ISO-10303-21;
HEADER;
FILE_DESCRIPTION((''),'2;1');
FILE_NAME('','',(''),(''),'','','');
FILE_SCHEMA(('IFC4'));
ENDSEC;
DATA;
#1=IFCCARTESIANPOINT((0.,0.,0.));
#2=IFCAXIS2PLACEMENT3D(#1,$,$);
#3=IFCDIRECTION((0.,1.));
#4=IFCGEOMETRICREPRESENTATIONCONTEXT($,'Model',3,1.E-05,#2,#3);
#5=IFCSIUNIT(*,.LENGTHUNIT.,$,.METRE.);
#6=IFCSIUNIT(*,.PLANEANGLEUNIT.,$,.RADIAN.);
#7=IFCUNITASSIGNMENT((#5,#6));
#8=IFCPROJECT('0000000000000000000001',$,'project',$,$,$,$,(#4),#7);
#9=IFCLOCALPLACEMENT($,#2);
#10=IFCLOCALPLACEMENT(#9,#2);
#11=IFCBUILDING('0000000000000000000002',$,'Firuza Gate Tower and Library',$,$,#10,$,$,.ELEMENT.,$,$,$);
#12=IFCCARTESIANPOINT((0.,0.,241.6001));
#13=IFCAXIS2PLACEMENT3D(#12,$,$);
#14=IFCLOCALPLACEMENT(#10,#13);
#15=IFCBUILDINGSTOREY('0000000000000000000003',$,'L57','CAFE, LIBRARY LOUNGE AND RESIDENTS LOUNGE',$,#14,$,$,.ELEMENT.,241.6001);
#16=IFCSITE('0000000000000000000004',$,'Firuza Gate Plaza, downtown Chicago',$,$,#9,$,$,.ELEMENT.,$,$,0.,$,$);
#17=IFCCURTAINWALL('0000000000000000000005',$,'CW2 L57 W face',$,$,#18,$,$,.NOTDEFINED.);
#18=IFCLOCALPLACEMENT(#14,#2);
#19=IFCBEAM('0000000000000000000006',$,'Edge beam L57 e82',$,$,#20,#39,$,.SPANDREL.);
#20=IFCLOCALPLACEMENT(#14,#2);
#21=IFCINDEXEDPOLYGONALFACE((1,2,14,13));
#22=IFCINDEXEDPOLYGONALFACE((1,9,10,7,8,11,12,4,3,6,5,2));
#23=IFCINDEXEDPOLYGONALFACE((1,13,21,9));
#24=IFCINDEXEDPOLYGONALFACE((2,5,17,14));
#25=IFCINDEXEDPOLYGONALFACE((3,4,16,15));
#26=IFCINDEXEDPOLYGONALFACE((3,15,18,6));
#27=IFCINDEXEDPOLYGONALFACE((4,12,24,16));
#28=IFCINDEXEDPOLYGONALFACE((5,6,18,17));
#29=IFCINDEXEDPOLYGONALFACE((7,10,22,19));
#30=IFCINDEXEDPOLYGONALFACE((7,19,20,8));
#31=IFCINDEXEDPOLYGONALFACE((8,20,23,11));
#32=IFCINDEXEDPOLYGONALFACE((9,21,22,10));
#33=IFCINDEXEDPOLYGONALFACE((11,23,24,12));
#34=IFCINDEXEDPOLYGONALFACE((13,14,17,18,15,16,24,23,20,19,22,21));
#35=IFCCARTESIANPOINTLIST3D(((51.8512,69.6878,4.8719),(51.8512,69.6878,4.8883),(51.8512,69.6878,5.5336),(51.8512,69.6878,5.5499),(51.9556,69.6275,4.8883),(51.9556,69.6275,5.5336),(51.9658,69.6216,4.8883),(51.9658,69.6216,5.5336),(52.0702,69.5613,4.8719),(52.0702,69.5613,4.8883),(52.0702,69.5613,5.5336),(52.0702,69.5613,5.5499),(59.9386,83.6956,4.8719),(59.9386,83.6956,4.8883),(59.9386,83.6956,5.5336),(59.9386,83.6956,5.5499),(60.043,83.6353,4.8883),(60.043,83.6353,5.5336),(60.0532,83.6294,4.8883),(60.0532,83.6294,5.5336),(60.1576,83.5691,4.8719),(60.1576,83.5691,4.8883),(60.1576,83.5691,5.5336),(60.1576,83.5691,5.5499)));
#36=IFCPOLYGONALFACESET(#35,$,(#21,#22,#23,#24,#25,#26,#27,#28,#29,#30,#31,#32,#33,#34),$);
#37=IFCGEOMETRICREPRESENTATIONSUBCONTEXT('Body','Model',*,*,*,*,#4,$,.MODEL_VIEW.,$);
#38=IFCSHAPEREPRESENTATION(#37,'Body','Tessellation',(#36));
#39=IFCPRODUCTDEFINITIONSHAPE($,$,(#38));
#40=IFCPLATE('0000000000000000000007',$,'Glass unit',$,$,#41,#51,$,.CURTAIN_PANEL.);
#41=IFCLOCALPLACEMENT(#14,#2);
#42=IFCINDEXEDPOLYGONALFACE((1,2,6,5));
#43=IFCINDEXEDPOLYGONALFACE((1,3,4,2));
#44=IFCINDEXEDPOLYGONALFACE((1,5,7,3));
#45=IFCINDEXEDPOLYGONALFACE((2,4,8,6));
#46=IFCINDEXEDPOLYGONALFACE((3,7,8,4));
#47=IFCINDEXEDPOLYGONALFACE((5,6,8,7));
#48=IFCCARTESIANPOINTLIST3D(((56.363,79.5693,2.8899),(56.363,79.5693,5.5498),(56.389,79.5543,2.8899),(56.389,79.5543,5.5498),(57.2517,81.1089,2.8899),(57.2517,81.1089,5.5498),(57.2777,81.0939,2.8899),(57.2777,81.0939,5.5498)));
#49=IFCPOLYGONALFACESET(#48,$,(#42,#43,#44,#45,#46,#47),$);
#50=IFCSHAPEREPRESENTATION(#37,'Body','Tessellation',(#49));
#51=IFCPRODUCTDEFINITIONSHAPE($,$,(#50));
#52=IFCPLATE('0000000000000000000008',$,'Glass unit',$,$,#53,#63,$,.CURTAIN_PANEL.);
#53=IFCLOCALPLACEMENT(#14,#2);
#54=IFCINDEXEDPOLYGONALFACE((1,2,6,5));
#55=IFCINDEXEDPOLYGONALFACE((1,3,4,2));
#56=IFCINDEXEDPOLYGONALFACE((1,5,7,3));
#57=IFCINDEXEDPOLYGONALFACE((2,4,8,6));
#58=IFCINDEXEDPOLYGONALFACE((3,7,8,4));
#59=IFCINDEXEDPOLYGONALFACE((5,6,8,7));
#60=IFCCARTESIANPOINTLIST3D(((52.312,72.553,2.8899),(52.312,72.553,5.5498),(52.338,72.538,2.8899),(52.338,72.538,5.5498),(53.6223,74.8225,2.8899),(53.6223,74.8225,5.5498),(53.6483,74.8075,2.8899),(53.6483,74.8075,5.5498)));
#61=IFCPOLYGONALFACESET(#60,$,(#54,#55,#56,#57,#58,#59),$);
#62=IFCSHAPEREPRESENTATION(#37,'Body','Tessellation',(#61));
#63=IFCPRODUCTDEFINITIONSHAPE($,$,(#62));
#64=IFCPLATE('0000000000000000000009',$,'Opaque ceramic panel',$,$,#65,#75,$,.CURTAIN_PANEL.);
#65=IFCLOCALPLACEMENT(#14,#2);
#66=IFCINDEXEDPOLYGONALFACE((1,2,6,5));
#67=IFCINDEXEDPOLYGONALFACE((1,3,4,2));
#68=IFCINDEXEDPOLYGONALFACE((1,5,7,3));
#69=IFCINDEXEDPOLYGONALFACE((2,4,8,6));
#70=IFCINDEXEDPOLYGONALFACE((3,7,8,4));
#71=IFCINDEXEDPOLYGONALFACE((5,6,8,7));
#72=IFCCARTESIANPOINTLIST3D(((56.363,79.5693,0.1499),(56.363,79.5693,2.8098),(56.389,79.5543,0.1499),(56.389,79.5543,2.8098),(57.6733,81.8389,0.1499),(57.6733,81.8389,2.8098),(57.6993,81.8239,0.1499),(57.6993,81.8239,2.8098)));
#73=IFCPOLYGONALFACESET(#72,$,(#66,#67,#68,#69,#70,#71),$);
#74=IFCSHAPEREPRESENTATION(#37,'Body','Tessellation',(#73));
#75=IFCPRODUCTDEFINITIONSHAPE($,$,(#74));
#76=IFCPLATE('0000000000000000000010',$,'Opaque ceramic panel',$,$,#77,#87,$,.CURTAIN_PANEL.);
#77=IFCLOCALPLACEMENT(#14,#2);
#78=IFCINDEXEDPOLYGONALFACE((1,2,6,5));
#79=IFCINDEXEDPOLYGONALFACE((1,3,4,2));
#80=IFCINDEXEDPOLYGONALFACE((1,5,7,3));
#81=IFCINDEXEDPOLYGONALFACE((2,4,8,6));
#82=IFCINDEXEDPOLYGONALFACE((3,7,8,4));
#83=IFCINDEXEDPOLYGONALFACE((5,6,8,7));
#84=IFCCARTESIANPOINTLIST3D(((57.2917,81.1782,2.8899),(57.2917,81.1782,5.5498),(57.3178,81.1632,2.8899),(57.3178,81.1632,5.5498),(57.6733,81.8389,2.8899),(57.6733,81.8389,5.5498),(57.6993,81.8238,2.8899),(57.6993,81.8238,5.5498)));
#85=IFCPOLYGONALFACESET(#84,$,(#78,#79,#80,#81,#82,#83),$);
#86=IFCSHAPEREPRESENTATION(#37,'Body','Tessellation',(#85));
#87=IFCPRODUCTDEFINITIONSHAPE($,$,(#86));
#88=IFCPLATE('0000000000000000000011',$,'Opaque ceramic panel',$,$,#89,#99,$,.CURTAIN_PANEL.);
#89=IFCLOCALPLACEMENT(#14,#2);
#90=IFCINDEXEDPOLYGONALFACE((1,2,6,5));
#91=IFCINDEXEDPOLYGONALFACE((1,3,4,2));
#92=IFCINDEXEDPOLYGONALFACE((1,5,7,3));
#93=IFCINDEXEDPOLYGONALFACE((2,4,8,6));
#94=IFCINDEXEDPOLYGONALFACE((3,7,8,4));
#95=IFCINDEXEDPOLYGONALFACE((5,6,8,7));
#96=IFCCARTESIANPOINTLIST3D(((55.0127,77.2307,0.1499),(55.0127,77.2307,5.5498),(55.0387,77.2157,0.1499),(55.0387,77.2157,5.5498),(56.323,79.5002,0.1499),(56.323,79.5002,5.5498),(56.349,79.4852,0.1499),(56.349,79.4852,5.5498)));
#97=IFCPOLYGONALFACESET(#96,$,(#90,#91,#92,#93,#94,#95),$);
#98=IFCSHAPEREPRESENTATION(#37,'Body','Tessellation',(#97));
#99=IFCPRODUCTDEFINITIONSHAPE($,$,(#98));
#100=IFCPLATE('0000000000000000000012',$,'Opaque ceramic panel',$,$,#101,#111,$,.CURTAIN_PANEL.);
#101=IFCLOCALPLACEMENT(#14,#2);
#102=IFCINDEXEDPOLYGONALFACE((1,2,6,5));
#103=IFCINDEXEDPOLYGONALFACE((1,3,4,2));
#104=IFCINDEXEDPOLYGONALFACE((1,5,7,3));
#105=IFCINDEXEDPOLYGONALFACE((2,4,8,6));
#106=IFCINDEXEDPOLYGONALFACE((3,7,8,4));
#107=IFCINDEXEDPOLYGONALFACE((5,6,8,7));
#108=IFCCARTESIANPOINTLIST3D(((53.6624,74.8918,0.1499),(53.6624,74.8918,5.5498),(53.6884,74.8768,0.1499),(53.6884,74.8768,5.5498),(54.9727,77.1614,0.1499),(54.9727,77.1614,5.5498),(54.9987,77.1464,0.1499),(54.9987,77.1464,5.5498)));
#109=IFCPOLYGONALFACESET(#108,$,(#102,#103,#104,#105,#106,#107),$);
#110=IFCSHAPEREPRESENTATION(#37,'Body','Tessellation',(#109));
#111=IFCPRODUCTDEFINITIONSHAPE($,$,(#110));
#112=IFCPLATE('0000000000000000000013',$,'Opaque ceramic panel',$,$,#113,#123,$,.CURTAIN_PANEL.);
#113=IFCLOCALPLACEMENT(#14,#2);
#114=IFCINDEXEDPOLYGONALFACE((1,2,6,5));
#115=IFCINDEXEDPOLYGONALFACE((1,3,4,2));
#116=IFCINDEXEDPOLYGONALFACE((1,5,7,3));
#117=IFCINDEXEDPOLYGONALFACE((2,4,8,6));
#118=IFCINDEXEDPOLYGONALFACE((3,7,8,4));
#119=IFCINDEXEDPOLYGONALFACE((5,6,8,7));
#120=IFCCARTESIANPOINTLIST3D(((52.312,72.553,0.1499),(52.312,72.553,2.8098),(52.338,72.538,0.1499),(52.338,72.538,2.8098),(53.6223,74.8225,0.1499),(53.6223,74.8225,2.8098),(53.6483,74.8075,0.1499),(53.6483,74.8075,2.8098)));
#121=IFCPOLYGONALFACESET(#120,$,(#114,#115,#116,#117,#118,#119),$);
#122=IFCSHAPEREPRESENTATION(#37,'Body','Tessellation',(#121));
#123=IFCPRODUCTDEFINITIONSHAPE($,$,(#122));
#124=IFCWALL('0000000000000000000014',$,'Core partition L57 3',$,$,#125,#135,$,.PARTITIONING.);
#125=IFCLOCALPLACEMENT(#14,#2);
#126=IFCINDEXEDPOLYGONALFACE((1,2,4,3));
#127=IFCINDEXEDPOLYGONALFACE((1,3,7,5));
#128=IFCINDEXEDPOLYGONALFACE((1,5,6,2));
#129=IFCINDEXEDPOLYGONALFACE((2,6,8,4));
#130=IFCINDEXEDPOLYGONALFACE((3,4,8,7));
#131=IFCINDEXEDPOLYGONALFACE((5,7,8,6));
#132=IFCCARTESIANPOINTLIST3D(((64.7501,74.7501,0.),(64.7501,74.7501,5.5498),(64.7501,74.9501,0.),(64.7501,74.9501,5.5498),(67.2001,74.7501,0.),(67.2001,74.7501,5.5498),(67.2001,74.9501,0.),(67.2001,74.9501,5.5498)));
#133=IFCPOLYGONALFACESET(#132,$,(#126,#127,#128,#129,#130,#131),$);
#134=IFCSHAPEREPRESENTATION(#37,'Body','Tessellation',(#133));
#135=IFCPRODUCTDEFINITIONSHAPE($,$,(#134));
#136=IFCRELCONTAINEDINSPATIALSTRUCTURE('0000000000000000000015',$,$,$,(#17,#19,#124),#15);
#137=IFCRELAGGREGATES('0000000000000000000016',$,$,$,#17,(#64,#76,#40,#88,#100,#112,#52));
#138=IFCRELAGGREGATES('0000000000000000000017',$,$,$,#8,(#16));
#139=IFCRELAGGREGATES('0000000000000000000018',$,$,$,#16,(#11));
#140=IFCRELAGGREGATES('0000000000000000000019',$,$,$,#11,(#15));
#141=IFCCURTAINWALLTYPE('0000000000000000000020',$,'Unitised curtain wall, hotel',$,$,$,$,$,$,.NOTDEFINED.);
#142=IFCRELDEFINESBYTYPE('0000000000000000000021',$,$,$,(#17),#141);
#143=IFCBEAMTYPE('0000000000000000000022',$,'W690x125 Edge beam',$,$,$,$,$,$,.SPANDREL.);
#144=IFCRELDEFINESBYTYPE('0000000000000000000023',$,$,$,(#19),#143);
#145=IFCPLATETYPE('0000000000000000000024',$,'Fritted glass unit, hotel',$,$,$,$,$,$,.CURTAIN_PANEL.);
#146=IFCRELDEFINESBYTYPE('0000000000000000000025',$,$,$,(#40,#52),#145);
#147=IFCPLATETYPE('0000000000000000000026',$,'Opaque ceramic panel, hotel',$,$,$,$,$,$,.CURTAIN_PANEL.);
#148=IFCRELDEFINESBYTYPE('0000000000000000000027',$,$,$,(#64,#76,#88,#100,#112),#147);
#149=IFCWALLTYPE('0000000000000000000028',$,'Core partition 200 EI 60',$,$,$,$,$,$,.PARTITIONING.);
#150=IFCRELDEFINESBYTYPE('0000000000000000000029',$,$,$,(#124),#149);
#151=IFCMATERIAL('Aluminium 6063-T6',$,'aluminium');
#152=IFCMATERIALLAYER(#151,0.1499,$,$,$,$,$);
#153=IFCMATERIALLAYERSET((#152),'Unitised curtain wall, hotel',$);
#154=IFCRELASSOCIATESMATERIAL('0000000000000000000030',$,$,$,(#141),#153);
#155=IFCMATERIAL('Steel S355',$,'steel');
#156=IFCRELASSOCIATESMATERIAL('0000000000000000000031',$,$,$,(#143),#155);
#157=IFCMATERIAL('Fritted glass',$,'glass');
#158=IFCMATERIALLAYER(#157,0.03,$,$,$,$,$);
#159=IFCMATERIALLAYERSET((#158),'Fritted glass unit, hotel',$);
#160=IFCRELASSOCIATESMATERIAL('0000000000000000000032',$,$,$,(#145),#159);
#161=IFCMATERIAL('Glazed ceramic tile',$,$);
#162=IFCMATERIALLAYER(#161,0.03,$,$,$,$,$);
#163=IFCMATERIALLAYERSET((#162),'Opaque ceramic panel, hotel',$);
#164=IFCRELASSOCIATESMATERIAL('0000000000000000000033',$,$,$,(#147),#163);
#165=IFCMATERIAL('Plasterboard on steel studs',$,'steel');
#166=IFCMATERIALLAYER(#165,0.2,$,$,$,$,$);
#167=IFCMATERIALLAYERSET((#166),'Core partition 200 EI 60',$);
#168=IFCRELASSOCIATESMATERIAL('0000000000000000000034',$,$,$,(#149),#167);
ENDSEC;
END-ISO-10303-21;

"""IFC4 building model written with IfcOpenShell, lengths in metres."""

from ifc_helpers import new_model, si_unit, direction, frame, frame_2d, origin, origin_2d, place, context, subcontext, project, spatial, polyline, rectangle, i_section, outline, extrude, material, layer, layer_set, material_profile, profile_set, type_object, element, aggregate, save


model = new_model("IFC4")

# Units and contexts
model_context = context("Model", 3, precision=1e-05, world=origin(), true_north=direction((0.0, 1.0)))
body_context = subcontext(model_context, "Body", "Model", "MODEL_VIEW")
ifc_project = project(units=[si_unit("LENGTHUNIT", "METRE"), si_unit("PLANEANGLEUNIT", "RADIAN")], contexts=[model_context])

# Site, building, storey
site_placement = place(None, origin())
site = spatial("IfcSite", under=ifc_project, at=site_placement, Name="Firuza Gate Plaza, downtown Chicago", CompositionType="ELEMENT", RefElevation=0.0)
building_placement = place(site_placement, origin())
building = spatial("IfcBuilding", under=site, at=building_placement, Name="Firuza Gate Tower and Library", CompositionType="ELEMENT")
storey_placement = place(building_placement, frame((0.0, 0.0, 241.6001)))
storey = spatial("IfcBuildingStorey", under=building, at=storey_placement, Name="L57", Description="CAFE, LIBRARY LOUNGE AND RESIDENTS LOUNGE", CompositionType="ELEMENT", Elevation=241.6001)

# Curtain wall
ifc_material_1 = material(Name="Aluminium 6063-T6", Category="aluminium")
ifc_layer_1 = layer(ifc_material_1, 0.1499)
ifc_layer_set_1 = layer_set([ifc_layer_1], Name="Unitised curtain wall, hotel")
curtain_wall_type = type_object("IfcCurtainWallType", Name="Unitised curtain wall, hotel", PredefinedType="NOTDEFINED", material=ifc_layer_set_1)
curtain_wall_placement = place(storey_placement, origin())
curtain_wall = element("IfcCurtainWall", 1, at=curtain_wall_placement, inside=storey, type_object=curtain_wall_type, Name="CW2 L57 W face", PredefinedType="NOTDEFINED")

# Beam
ifc_material_2 = material(Name="Steel S355", Category="steel")
ifc_material_profile_1 = material_profile(ifc_material_2, i_section(OverallWidth=0.2529, OverallDepth=0.678, WebThickness=0.0117, FlangeThickness=0.0164, at=origin_2d()))
ifc_profile_set_1 = profile_set([ifc_material_profile_1], Name="Steel S355")
beam_type_1 = type_object("IfcBeamType", Name="W690x125 Edge beam", PredefinedType="SPANDREL", material=ifc_profile_set_1)
beam_1_placement = place(storey_placement, frame((60.0481, 83.6323, 5.2109), z_axis=(-0.499999, -0.866026, 0.0), x_axis=(0.866026, -0.499999, 0.0)))
element("IfcBeam", 2, at=beam_1_placement, inside=storey, type_object=beam_type_1, Name="Edge beam L57 e82", PredefinedType="SPANDREL", context=body_context, shape_type="SweptSolid", body=[
    extrude(i_section(OverallWidth=0.2529, OverallDepth=0.678, WebThickness=0.0117, FlangeThickness=0.0164, at=origin_2d()), origin(), (0.0, 0.0, 1.0), 16.1748),
])

# Plates
ifc_material_3 = material(Name="Fritted glass", Category="glass")
ifc_layer_2 = layer(ifc_material_3, 0.03)
ifc_layer_set_2 = layer_set([ifc_layer_2], Name="Fritted glass unit, hotel")
plate_type_1 = type_object("IfcPlateType", Name="Fritted glass unit, hotel", PredefinedType="CURTAIN_PANEL", material=ifc_layer_set_2)
plate_1_placement = place(storey_placement, frame((57.2517, 81.1089, 2.8899), z_axis=(-0.866071, 0.499921, 0.0), x_axis=(-0.499921, -0.866071, 0.0)))
plate_1 = element("IfcPlate", 3, at=plate_1_placement, type_object=plate_type_1, Name="Glass unit", PredefinedType="CURTAIN_PANEL", context=body_context, shape_type="SweptSolid", body=[
    extrude(outline(polyline([(0.0, 0.0), (1.7776, 0.0), (1.7776, 2.6599), (0.0, 2.6599), (0.0, 0.0)])), origin(), (0.0, 0.0, -1.0), 0.03),
])
plate_2_placement = place(storey_placement, frame((53.6223, 74.8225, 2.8899), z_axis=(-0.866027, 0.499997, 0.0), x_axis=(-0.499997, -0.866027, 0.0)))
plate_2 = element("IfcPlate", 4, at=plate_2_placement, type_object=plate_type_1, Name="Glass unit", PredefinedType="CURTAIN_PANEL", context=body_context, shape_type="SweptSolid", body=[
    extrude(outline(polyline([(0.0, 0.0), (2.6206, 0.0), (2.6206, 2.6599), (0.0, 2.6599), (0.0, 0.0)])), origin(), (0.0, 0.0, -1.0), 0.03),
])
ifc_material_4 = material(Name="Glazed ceramic tile")
ifc_layer_3 = layer(ifc_material_4, 0.03)
ifc_layer_set_3 = layer_set([ifc_layer_3], Name="Opaque ceramic panel, hotel")
plate_type_2 = type_object("IfcPlateType", Name="Opaque ceramic panel, hotel", PredefinedType="CURTAIN_PANEL", material=ifc_layer_set_3)
plate_3_placement = place(storey_placement, frame((57.6733, 81.8389, 0.1499), z_axis=(-0.866027, 0.499997, 0.0), x_axis=(-0.499997, -0.866027, 0.0)))
plate_3 = element("IfcPlate", 5, at=plate_3_placement, type_object=plate_type_2, Name="Opaque ceramic panel", PredefinedType="CURTAIN_PANEL", context=body_context, shape_type="SweptSolid", body=[
    extrude(outline(polyline([(0.0, 0.0), (2.6206, 0.0), (2.6206, 2.6599), (0.0, 2.6599), (0.0, 0.0)])), origin(), (0.0, 0.0, -1.0), 0.03),
])
plate_4_placement = place(storey_placement, frame((57.6733, 81.8389, 2.8899), z_axis=(-0.86593, 0.500166, 0.0), x_axis=(-0.500166, -0.86593, 0.0)))
plate_4 = element("IfcPlate", 6, at=plate_4_placement, type_object=plate_type_2, Name="Opaque ceramic panel", PredefinedType="CURTAIN_PANEL", context=body_context, shape_type="SweptSolid", body=[
    extrude(outline(polyline([(0.0, 0.0), (0.7629, 0.0), (0.7629, 2.6599), (0.0, 2.6599), (0.0, 0.0)])), origin(), (0.0, 0.0, -1.0), 0.03),
])
plate_5_placement = place(storey_placement, frame((56.323, 79.5002, 0.1499), z_axis=(-0.866027, 0.499997, 0.0), x_axis=(-0.499997, -0.866027, 0.0)))
plate_5 = element("IfcPlate", 7, at=plate_5_placement, type_object=plate_type_2, Name="Opaque ceramic panel", PredefinedType="CURTAIN_PANEL", context=body_context, shape_type="SweptSolid", body=[
    extrude(outline(polyline([(0.0, 0.0), (2.6206, 0.0), (2.6206, 5.3999), (0.0, 5.3999), (0.0, 0.0)])), origin(), (0.0, 0.0, -1.0), 0.03),
])
plate_6_placement = place(storey_placement, frame((54.9727, 77.1614, 0.1499), z_axis=(-0.866027, 0.499997, 0.0), x_axis=(-0.499997, -0.866027, 0.0)))
plate_6 = element("IfcPlate", 8, at=plate_6_placement, type_object=plate_type_2, Name="Opaque ceramic panel", PredefinedType="CURTAIN_PANEL", context=body_context, shape_type="SweptSolid", body=[
    extrude(outline(polyline([(0.0, 0.0), (2.6206, 0.0), (2.6206, 5.3999), (0.0, 5.3999), (0.0, 0.0)])), origin(), (0.0, 0.0, -1.0), 0.03),
])
plate_7_placement = place(storey_placement, frame((53.6223, 74.8225, 0.1499), z_axis=(-0.866027, 0.499997, 0.0), x_axis=(-0.499997, -0.866027, 0.0)))
plate_7 = element("IfcPlate", 9, at=plate_7_placement, type_object=plate_type_2, Name="Opaque ceramic panel", PredefinedType="CURTAIN_PANEL", context=body_context, shape_type="SweptSolid", body=[
    extrude(outline(polyline([(0.0, 0.0), (2.6206, 0.0), (2.6206, 2.6599), (0.0, 2.6599), (0.0, 0.0)])), origin(), (0.0, 0.0, -1.0), 0.03),
])
aggregate(curtain_wall, [plate_3, plate_4, plate_1, plate_5, plate_6, plate_7, plate_2])

# Wall
ifc_material_5 = material(Name="Plasterboard on steel studs", Category="steel")
ifc_layer_4 = layer(ifc_material_5, 0.2)
ifc_layer_set_4 = layer_set([ifc_layer_4], Name="Core partition 200 EI 60")
wall_type_1 = type_object("IfcWallType", Name="Core partition 200 EI 60", PredefinedType="PARTITIONING", material=ifc_layer_set_4)
wall_1_placement = place(storey_placement, frame((64.75, 74.8501, 0.0), z_axis=(0.0, 0.0, 1.0), x_axis=(1.0, 0.0, 0.0)))
element("IfcWall", 10, at=wall_1_placement, inside=storey, type_object=wall_type_1, Name="Core partition L57 3", PredefinedType="PARTITIONING", context=body_context, shape_type="SweptSolid", body=[
    extrude(rectangle(XDim=2.45, YDim=0.2, at=frame_2d((1.2251, 0.0))), origin(), (0.0, 0.0, 1.0), 5.5498),
])

save(model, "model.ifc")
